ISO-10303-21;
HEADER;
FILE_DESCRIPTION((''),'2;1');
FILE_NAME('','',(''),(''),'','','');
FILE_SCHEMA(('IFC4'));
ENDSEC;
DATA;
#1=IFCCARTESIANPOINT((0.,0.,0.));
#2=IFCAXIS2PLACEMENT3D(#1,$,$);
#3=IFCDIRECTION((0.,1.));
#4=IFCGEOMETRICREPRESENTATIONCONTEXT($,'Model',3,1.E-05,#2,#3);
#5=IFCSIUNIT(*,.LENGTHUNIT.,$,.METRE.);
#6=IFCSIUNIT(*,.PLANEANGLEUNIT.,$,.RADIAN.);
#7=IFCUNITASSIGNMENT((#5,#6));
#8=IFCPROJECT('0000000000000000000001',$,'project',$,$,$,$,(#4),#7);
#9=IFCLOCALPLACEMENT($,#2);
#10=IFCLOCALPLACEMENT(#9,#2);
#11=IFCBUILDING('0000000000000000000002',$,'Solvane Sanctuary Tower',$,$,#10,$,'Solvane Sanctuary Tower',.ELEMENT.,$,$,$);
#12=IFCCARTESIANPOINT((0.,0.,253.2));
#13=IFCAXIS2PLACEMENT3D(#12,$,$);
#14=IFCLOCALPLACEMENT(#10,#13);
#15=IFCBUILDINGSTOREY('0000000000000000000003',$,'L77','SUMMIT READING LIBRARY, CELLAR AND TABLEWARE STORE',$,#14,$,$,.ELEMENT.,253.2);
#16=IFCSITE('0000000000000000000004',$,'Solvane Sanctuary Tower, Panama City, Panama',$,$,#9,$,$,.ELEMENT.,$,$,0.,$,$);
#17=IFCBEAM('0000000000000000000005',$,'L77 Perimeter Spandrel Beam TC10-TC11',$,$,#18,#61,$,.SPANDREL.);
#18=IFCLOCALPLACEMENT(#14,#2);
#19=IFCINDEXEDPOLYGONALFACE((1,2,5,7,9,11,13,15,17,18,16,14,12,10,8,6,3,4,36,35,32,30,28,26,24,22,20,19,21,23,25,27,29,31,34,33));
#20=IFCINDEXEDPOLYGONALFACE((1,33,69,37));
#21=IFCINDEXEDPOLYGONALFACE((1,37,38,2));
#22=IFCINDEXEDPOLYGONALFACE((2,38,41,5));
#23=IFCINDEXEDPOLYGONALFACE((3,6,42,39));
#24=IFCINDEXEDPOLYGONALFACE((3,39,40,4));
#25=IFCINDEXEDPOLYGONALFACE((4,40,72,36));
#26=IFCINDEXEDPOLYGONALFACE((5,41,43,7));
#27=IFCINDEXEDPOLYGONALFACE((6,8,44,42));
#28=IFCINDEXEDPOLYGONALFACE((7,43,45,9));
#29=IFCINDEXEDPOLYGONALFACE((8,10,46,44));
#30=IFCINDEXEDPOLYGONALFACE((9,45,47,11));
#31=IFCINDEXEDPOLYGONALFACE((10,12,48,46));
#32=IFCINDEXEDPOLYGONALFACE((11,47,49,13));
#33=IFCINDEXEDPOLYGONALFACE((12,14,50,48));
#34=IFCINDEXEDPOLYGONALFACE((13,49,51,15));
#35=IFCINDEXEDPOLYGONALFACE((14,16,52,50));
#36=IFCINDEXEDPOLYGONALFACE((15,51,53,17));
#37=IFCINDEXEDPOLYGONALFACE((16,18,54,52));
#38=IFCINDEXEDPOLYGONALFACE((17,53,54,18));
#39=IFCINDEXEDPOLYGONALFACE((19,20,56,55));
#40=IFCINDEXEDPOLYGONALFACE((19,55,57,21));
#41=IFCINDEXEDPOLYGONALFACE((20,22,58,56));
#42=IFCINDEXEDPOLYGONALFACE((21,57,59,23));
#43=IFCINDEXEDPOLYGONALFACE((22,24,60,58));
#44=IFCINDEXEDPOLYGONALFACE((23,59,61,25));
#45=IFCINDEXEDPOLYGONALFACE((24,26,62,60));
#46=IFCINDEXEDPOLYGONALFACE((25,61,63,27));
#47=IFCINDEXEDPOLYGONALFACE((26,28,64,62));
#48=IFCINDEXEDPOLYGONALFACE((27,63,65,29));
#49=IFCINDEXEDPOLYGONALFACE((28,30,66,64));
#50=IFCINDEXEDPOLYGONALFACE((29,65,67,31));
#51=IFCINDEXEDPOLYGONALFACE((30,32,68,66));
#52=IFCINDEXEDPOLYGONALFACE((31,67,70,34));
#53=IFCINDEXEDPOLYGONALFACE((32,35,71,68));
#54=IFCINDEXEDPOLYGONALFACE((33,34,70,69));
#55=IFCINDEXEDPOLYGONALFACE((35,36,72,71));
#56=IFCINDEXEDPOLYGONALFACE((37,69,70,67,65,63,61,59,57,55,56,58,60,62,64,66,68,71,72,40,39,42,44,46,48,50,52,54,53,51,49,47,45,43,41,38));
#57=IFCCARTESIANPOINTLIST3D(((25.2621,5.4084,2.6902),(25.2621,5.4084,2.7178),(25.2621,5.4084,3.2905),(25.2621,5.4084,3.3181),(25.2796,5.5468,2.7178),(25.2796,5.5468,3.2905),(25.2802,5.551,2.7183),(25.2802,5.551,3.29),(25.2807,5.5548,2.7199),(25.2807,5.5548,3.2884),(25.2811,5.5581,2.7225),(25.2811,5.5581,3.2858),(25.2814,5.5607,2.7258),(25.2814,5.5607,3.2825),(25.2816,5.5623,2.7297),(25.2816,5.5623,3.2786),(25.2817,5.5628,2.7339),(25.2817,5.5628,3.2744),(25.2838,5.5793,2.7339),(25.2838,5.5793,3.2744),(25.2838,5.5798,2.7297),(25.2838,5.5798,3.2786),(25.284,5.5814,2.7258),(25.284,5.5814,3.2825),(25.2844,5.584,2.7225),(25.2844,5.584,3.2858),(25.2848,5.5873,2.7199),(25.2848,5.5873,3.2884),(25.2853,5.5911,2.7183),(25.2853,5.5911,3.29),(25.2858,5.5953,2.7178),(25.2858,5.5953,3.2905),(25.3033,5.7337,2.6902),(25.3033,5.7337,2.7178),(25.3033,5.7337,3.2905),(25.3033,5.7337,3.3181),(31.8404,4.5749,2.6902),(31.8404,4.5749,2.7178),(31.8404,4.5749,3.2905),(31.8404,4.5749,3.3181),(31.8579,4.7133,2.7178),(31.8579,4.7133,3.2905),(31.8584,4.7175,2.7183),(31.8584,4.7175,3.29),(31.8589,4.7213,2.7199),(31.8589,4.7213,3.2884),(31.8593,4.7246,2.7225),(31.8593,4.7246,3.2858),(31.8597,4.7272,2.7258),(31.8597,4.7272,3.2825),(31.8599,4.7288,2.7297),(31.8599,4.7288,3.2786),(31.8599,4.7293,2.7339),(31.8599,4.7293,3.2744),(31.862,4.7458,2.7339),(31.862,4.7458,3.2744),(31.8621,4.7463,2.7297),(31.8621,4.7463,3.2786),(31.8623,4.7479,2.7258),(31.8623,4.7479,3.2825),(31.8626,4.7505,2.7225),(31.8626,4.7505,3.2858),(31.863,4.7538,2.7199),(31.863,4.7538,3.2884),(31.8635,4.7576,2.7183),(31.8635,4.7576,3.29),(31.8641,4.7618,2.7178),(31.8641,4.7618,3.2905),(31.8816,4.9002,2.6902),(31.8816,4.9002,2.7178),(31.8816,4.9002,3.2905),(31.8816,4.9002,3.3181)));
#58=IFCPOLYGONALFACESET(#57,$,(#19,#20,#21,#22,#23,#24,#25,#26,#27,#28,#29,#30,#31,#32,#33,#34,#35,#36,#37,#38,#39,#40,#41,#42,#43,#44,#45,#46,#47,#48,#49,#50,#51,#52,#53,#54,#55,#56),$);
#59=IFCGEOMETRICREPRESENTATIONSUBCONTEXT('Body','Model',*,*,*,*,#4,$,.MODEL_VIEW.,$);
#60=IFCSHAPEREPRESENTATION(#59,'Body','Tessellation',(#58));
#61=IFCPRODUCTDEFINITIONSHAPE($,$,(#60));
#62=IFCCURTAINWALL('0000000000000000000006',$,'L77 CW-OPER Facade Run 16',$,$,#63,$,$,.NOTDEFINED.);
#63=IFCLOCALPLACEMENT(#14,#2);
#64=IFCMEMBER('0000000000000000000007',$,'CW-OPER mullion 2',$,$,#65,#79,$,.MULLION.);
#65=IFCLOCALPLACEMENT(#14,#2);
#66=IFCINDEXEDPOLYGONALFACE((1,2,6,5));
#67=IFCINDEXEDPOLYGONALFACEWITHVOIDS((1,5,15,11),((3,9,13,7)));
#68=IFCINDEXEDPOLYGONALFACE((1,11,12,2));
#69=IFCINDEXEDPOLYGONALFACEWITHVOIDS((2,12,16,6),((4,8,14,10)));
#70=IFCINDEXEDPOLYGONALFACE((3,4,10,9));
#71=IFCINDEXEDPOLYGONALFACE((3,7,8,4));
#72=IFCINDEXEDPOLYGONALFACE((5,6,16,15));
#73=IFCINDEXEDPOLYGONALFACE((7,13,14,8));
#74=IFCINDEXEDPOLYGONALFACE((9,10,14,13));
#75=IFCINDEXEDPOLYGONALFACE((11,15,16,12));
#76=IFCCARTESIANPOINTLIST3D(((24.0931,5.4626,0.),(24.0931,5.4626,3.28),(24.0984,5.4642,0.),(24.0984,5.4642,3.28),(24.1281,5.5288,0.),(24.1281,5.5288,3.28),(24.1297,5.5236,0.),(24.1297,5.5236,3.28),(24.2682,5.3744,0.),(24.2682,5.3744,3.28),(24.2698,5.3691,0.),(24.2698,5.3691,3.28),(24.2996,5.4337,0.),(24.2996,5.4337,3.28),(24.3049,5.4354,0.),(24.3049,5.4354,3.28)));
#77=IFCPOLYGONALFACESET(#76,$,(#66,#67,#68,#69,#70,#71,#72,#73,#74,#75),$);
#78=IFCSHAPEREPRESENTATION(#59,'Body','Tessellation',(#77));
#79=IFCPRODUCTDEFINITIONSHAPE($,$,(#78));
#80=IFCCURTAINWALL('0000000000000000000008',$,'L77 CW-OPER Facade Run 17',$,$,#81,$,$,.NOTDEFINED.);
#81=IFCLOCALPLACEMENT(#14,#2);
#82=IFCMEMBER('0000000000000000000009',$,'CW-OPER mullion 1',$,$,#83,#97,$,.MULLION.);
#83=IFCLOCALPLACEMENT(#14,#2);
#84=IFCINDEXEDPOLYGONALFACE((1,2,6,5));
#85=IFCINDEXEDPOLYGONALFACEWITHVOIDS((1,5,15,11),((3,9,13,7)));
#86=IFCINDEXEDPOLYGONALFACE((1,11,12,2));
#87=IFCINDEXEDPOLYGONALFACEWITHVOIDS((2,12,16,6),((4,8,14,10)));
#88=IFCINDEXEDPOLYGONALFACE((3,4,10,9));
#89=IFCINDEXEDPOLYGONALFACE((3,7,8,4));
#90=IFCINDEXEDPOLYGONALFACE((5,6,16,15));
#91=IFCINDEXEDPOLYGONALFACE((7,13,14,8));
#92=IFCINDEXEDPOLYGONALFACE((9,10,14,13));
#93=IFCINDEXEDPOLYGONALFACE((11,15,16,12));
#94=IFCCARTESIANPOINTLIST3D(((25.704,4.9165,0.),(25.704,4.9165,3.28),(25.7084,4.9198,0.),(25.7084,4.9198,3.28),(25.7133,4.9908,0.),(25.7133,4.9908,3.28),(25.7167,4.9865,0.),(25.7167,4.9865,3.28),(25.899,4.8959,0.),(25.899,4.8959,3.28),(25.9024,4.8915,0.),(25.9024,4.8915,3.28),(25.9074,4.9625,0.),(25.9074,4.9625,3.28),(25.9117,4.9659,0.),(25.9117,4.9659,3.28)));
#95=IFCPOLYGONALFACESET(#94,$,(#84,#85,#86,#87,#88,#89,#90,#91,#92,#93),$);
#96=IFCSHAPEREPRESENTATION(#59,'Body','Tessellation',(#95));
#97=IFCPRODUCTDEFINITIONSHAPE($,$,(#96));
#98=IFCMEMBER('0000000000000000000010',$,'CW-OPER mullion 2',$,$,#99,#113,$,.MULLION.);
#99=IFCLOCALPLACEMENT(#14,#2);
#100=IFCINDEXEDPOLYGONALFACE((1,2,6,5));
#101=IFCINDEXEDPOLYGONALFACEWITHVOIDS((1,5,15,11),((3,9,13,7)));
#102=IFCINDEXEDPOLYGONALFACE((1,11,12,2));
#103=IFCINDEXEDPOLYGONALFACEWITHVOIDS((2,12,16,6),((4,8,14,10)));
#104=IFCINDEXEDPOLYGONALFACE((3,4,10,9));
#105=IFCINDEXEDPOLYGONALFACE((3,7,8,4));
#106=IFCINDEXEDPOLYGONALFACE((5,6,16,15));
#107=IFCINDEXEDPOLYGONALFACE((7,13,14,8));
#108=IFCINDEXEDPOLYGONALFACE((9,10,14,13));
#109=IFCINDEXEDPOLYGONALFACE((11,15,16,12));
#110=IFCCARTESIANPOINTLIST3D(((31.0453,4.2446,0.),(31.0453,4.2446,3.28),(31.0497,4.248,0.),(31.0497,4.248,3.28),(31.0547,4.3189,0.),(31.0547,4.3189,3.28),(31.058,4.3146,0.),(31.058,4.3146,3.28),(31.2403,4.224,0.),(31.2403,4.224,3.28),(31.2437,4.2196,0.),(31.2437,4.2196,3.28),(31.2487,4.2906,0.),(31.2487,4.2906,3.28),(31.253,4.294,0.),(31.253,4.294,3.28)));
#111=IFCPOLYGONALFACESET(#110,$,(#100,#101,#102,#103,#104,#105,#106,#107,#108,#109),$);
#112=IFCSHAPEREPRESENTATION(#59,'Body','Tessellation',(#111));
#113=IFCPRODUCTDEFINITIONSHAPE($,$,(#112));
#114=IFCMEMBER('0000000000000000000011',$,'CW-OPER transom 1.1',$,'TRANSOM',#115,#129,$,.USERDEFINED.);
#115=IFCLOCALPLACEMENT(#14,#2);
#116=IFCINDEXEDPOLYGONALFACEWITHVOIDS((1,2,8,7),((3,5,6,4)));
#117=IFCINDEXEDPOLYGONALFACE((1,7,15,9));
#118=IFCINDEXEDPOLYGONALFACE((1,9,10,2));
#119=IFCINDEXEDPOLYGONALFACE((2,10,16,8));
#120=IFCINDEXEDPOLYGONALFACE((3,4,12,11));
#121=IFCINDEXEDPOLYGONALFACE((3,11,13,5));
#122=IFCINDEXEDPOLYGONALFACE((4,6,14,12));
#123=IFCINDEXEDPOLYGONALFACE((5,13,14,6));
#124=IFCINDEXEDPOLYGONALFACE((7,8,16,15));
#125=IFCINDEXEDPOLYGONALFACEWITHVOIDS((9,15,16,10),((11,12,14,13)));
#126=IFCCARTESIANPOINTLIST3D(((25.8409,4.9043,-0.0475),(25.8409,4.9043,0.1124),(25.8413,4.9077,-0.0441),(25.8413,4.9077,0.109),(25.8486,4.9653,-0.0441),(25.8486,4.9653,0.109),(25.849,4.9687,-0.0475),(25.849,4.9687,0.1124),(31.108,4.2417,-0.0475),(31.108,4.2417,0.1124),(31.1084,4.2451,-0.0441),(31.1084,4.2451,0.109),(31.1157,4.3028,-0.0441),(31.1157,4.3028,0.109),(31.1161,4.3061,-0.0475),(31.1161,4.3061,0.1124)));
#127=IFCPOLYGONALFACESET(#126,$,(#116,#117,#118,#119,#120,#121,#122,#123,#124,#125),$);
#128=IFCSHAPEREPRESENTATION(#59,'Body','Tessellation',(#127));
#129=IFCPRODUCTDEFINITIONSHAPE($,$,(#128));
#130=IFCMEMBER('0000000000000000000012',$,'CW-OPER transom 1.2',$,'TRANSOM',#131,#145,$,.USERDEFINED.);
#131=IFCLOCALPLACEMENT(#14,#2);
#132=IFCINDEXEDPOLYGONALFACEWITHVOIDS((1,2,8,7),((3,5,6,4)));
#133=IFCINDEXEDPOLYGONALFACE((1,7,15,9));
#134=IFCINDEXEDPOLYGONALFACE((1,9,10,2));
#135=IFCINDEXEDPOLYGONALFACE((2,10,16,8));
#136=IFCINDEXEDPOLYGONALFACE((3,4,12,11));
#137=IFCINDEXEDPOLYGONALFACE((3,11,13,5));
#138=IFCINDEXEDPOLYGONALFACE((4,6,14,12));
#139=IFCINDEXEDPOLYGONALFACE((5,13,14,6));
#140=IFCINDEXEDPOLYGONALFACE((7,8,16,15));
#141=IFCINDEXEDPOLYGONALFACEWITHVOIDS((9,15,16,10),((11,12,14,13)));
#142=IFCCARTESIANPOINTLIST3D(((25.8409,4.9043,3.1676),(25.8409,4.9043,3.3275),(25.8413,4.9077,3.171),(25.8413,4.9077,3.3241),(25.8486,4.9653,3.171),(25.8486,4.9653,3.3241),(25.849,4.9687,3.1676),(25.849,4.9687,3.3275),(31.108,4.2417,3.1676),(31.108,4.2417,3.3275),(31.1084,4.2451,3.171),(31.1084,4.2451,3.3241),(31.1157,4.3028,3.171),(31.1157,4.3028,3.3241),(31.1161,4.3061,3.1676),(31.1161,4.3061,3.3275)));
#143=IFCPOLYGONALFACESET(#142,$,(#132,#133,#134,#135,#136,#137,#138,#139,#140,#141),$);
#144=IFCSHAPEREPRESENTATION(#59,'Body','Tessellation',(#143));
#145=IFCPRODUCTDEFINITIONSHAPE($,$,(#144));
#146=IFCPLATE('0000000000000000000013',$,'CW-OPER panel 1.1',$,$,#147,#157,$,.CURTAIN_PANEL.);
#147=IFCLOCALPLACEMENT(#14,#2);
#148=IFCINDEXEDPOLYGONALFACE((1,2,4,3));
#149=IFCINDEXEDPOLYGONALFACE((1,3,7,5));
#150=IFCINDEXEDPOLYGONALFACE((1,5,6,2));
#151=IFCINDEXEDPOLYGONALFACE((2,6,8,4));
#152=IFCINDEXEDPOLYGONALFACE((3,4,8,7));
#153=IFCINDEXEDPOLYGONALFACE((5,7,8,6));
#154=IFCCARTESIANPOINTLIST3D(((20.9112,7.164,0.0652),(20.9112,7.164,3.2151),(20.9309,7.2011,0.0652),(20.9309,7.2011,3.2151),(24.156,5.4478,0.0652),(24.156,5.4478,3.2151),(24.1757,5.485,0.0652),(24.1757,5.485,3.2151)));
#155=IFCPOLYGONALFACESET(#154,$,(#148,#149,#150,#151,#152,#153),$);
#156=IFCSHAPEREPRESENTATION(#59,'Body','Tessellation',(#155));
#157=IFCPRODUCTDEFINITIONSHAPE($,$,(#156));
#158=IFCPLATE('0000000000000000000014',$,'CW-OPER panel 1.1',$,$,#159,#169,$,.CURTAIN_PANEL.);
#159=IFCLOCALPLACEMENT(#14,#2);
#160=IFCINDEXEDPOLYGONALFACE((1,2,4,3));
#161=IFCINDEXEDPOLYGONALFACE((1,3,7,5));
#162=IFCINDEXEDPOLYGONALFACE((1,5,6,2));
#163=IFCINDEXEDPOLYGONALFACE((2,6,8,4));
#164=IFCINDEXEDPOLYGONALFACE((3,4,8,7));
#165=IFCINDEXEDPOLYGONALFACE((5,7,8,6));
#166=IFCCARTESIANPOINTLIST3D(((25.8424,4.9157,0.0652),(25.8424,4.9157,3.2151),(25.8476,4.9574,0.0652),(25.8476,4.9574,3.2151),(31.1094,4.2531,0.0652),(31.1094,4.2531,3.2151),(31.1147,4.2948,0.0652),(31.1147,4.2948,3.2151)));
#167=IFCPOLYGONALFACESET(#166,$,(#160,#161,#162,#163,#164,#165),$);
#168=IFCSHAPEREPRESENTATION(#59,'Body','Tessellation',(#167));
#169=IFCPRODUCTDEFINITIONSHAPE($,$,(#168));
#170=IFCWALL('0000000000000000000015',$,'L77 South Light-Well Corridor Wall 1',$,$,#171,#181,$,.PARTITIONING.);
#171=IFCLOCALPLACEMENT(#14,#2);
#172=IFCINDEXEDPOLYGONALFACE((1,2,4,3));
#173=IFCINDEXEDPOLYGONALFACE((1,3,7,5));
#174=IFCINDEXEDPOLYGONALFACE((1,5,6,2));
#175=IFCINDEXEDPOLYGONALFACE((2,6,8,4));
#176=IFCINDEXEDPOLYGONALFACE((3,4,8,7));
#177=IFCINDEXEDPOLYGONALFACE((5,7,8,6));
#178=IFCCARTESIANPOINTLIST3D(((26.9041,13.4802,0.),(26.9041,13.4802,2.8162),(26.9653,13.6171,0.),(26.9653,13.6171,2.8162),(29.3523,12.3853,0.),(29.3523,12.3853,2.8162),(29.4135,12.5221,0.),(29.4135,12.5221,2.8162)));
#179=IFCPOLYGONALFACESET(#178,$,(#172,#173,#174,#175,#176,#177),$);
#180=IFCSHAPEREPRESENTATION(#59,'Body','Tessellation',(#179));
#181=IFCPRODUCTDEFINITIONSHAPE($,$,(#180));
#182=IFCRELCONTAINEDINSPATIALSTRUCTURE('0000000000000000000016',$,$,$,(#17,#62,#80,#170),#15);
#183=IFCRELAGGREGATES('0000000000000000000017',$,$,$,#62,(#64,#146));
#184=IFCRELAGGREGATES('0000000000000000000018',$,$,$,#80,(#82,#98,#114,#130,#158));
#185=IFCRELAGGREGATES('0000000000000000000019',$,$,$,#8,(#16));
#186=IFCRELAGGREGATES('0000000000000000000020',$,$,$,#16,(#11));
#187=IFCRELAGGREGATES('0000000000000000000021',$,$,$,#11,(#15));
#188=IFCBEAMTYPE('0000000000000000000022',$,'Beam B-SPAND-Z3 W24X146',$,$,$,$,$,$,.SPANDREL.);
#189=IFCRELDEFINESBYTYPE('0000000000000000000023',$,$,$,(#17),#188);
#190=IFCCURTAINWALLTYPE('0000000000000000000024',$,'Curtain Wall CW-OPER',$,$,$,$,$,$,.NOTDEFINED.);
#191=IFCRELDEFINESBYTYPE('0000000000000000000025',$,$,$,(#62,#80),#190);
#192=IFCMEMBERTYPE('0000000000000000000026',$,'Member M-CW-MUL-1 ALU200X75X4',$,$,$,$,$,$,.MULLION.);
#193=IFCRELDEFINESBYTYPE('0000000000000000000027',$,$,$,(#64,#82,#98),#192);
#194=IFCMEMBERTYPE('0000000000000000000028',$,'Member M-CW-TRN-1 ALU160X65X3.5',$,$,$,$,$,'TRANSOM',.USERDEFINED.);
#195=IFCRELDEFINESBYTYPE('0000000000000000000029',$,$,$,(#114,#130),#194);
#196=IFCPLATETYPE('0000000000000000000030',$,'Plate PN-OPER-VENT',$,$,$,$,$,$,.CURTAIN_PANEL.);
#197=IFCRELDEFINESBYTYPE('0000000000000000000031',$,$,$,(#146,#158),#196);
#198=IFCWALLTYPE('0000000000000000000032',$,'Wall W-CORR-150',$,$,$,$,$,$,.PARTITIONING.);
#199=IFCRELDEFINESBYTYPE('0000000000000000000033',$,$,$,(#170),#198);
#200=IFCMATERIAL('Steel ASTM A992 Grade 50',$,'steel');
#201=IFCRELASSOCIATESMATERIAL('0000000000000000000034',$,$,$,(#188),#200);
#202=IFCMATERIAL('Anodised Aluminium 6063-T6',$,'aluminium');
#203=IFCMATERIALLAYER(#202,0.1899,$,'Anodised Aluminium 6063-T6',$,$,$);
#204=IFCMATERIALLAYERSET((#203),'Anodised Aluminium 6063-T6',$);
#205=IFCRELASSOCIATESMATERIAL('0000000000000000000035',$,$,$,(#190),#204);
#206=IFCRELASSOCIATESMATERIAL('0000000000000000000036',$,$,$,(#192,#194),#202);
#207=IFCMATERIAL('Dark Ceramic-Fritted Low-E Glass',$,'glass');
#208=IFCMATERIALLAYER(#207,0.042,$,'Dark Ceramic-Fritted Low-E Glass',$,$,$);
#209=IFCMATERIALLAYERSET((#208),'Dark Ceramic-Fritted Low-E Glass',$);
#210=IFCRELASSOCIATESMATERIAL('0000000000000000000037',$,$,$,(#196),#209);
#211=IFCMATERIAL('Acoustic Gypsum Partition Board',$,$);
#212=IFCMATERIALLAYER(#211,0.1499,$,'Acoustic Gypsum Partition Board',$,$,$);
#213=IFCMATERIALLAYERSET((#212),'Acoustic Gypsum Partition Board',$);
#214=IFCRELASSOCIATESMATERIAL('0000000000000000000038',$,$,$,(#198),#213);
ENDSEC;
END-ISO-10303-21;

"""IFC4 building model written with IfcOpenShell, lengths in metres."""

from ifc_helpers import new_model, si_unit, direction, frame, frame_2d, origin, origin_2d, place, context, subcontext, project, spatial, rectangle, hollow_rectangle, i_section, extrude, material, layer, layer_set, material_profile, profile_set, type_object, element, aggregate, save


model = new_model("IFC4")

# Units and contexts
model_context = context("Model", 3, precision=1e-05, world=origin(), true_north=direction((0.0, 1.0)))
body_context = subcontext(model_context, "Body", "Model", "MODEL_VIEW")
ifc_project = project(units=[si_unit("LENGTHUNIT", "METRE"), si_unit("PLANEANGLEUNIT", "RADIAN")], contexts=[model_context])

# Site, building, storey
site_placement = place(None, origin())
site = spatial("IfcSite", under=ifc_project, at=site_placement, Name="Solvane Sanctuary Tower, Panama City, Panama", CompositionType="ELEMENT", RefElevation=0.0)
building_placement = place(site_placement, origin())
building = spatial("IfcBuilding", under=site, at=building_placement, Name="Solvane Sanctuary Tower", LongName="Solvane Sanctuary Tower", CompositionType="ELEMENT")
storey_placement = place(building_placement, frame((0.0, 0.0, 253.2)))
storey = spatial("IfcBuildingStorey", under=building, at=storey_placement, Name="L77", Description="SUMMIT READING LIBRARY, CELLAR AND TABLEWARE STORE", CompositionType="ELEMENT", Elevation=253.2)

# Beam
ifc_material_1 = material(Name="Steel ASTM A992 Grade 50", Category="steel")
ifc_material_profile_1 = material_profile(ifc_material_1, i_section(OverallWidth=0.3279, OverallDepth=0.6279, WebThickness=0.0166, FlangeThickness=0.0276, FilletRadius=0.0161, at=origin_2d()), Name="W24X146")
ifc_profile_set_1 = profile_set([ifc_material_profile_1], Name="Steel ASTM A992 Grade 50")
beam_type_1 = type_object("IfcBeamType", Name="Beam B-SPAND-Z3 W24X146", PredefinedType="SPANDREL", material=ifc_profile_set_1)
beam_1_placement = place(storey_placement, frame((25.2827, 5.571, 3.0042), z_axis=(0.992069, -0.125698, 0.0), x_axis=(0.125698, 0.992069, 0.0)))
element("IfcBeam", 1, at=beam_1_placement, inside=storey, type_object=beam_type_1, Name="L77 Perimeter Spandrel Beam TC10-TC11", PredefinedType="SPANDREL", context=body_context, shape_type="SweptSolid", body=[
    extrude(i_section(OverallWidth=0.3279, OverallDepth=0.6279, WebThickness=0.0166, FlangeThickness=0.0276, FilletRadius=0.0161, at=origin_2d()), origin(), (0.0, 0.0, 1.0), 6.6309),
])

# Curtain wall, member
ifc_material_2 = material(Name="Anodised Aluminium 6063-T6", Category="aluminium")
ifc_layer_1 = layer(ifc_material_2, 0.1899, Name="Anodised Aluminium 6063-T6")
ifc_layer_set_1 = layer_set([ifc_layer_1], Name="Anodised Aluminium 6063-T6")
curtain_wall_type = type_object("IfcCurtainWallType", Name="Curtain Wall CW-OPER", PredefinedType="NOTDEFINED", material=ifc_layer_set_1)
curtain_wall_1_placement = place(storey_placement, origin())
curtain_wall_1 = element("IfcCurtainWall", 2, at=curtain_wall_1_placement, inside=storey, type_object=curtain_wall_type, Name="L77 CW-OPER Facade Run 16", PredefinedType="NOTDEFINED")
ifc_material_profile_2 = material_profile(ifc_material_2, hollow_rectangle(XDim=0.075, YDim=0.2, WallThickness=0.0039, at=origin_2d()), Name="ALU200X75X4")
ifc_profile_set_2 = profile_set([ifc_material_profile_2], Name="Anodised Aluminium 6063-T6")
member_type_1 = type_object("IfcMemberType", Name="Member M-CW-MUL-1 ALU200X75X4", PredefinedType="MULLION", material=ifc_profile_set_2)
member_1_placement = place(storey_placement, frame((24.199, 5.449, 0.0), z_axis=(0.0, 0.0, 1.0), x_axis=(0.467523, 0.883981, 0.0)))
member_1 = element("IfcMember", 3, at=member_1_placement, type_object=member_type_1, Name="CW-OPER mullion 2", PredefinedType="MULLION", context=body_context, shape_type="SweptSolid", body=[
    extrude(hollow_rectangle(XDim=0.075, YDim=0.2, WallThickness=0.0039, at=origin_2d()), origin(), (0.0, 0.0, 1.0), 3.28),
])

# Curtain wall, members
curtain_wall_2_placement = place(storey_placement, origin())
curtain_wall_2 = element("IfcCurtainWall", 4, at=curtain_wall_2_placement, inside=storey, type_object=curtain_wall_type, Name="L77 CW-OPER Facade Run 17", PredefinedType="NOTDEFINED")
member_2_placement = place(storey_placement, frame((25.8079, 4.9412, 0.0), z_axis=(0.0, 0.0, 1.0), x_axis=(0.124815, 0.99218, 0.0)))
member_2 = element("IfcMember", 5, at=member_2_placement, type_object=member_type_1, Name="CW-OPER mullion 1", PredefinedType="MULLION", context=body_context, shape_type="SweptSolid", body=[
    extrude(hollow_rectangle(XDim=0.075, YDim=0.2, WallThickness=0.0039, at=origin_2d()), origin(), (0.0, 0.0, 1.0), 3.28),
])
member_3_placement = place(storey_placement, frame((31.1492, 4.2693, 0.0), z_axis=(0.0, 0.0, 1.0), x_axis=(0.124815, 0.99218, 0.0)))
member_3 = element("IfcMember", 6, at=member_3_placement, type_object=member_type_1, Name="CW-OPER mullion 2", PredefinedType="MULLION", context=body_context, shape_type="SweptSolid", body=[
    extrude(hollow_rectangle(XDim=0.075, YDim=0.2, WallThickness=0.0039, at=origin_2d()), origin(), (0.0, 0.0, 1.0), 3.28),
])
ifc_material_profile_3 = material_profile(ifc_material_2, hollow_rectangle(XDim=0.0649, YDim=0.1599, WallThickness=0.0034, at=origin_2d()), Name="ALU160X65X3.5")
ifc_profile_set_3 = profile_set([ifc_material_profile_3], Name="Anodised Aluminium 6063-T6")
member_type_2 = type_object("IfcMemberType", Name="Member M-CW-TRN-1 ALU160X65X3.5", ElementType="TRANSOM", PredefinedType="USERDEFINED", material=ifc_profile_set_3)
member_4_placement = place(storey_placement, frame((25.845, 4.9365, 0.0325), z_axis=(0.99218, -0.124816, 0.0), x_axis=(0.124816, 0.99218, 0.0)))
member_4 = element("IfcMember", 7, at=member_4_placement, type_object=member_type_2, Name="CW-OPER transom 1.1", ObjectType="TRANSOM", PredefinedType="USERDEFINED", context=body_context, shape_type="SweptSolid", body=[
    extrude(hollow_rectangle(XDim=0.0649, YDim=0.1599, WallThickness=0.0034, at=origin_2d()), origin(), (0.0, 0.0, 1.0), 5.3086),
])
member_5_placement = place(storey_placement, frame((25.845, 4.9365, 3.2476), z_axis=(0.99218, -0.124816, 0.0), x_axis=(0.124816, 0.99218, 0.0)))
member_5 = element("IfcMember", 8, at=member_5_placement, type_object=member_type_2, Name="CW-OPER transom 1.2", ObjectType="TRANSOM", PredefinedType="USERDEFINED", context=body_context, shape_type="SweptSolid", body=[
    extrude(hollow_rectangle(XDim=0.0649, YDim=0.1599, WallThickness=0.0034, at=origin_2d()), origin(), (0.0, 0.0, 1.0), 5.3086),
])

# Plates
ifc_material_3 = material(Name="Dark Ceramic-Fritted Low-E Glass", Category="glass")
ifc_layer_2 = layer(ifc_material_3, 0.042, Name="Dark Ceramic-Fritted Low-E Glass")
ifc_layer_set_2 = layer_set([ifc_layer_2], Name="Dark Ceramic-Fritted Low-E Glass")
plate_type = type_object("IfcPlateType", Name="Plate PN-OPER-VENT", PredefinedType="CURTAIN_PANEL", material=ifc_layer_set_2)
plate_1_placement = place(storey_placement, frame((22.5435, 6.3245, 0.0652), z_axis=(0.0, 0.0, 1.0), x_axis=(0.883981, -0.467523, 0.0)))
plate_1 = element("IfcPlate", 9, at=plate_1_placement, type_object=plate_type, Name="CW-OPER panel 1.1", PredefinedType="CURTAIN_PANEL", context=body_context, shape_type="SweptSolid", body=[
    extrude(rectangle(XDim=3.6707, YDim=0.042, at=origin_2d()), origin(), (0.0, 0.0, 1.0), 3.1499),
])
aggregate(curtain_wall_1, [member_1, plate_1])
plate_2_placement = place(storey_placement, frame((28.4785, 4.6052, 0.0652), z_axis=(0.0, 0.0, 1.0), x_axis=(0.99218, -0.124815, 0.0)))
plate_2 = element("IfcPlate", 10, at=plate_2_placement, type_object=plate_type, Name="CW-OPER panel 1.1", PredefinedType="CURTAIN_PANEL", context=body_context, shape_type="SweptSolid", body=[
    extrude(rectangle(XDim=5.3086, YDim=0.042, at=origin_2d()), origin(), (0.0, 0.0, 1.0), 3.1499),
])
aggregate(curtain_wall_2, [member_2, member_3, member_4, member_5, plate_2])

# Wall
ifc_material_4 = material(Name="Acoustic Gypsum Partition Board")
ifc_layer_3 = layer(ifc_material_4, 0.1499, Name="Acoustic Gypsum Partition Board")
ifc_layer_set_3 = layer_set([ifc_layer_3], Name="Acoustic Gypsum Partition Board")
wall_type_1 = type_object("IfcWallType", Name="Wall W-CORR-150", PredefinedType="PARTITIONING", material=ifc_layer_set_3)
wall_1_placement = place(storey_placement, frame((26.9348, 13.5486, 0.0), z_axis=(0.0, 0.0, 1.0), x_axis=(0.912859, -0.408274, 0.0)))
element("IfcWall", 11, at=wall_1_placement, inside=storey, type_object=wall_type_1, Name="L77 South Light-Well Corridor Wall 1", PredefinedType="PARTITIONING", context=body_context, shape_type="SweptSolid", body=[
    extrude(rectangle(XDim=2.6819, YDim=0.1499, at=frame_2d((1.3408, 0.0))), origin(), (0.0, 0.0, 1.0), 2.8162),
])

save(model, "model.ifc")
